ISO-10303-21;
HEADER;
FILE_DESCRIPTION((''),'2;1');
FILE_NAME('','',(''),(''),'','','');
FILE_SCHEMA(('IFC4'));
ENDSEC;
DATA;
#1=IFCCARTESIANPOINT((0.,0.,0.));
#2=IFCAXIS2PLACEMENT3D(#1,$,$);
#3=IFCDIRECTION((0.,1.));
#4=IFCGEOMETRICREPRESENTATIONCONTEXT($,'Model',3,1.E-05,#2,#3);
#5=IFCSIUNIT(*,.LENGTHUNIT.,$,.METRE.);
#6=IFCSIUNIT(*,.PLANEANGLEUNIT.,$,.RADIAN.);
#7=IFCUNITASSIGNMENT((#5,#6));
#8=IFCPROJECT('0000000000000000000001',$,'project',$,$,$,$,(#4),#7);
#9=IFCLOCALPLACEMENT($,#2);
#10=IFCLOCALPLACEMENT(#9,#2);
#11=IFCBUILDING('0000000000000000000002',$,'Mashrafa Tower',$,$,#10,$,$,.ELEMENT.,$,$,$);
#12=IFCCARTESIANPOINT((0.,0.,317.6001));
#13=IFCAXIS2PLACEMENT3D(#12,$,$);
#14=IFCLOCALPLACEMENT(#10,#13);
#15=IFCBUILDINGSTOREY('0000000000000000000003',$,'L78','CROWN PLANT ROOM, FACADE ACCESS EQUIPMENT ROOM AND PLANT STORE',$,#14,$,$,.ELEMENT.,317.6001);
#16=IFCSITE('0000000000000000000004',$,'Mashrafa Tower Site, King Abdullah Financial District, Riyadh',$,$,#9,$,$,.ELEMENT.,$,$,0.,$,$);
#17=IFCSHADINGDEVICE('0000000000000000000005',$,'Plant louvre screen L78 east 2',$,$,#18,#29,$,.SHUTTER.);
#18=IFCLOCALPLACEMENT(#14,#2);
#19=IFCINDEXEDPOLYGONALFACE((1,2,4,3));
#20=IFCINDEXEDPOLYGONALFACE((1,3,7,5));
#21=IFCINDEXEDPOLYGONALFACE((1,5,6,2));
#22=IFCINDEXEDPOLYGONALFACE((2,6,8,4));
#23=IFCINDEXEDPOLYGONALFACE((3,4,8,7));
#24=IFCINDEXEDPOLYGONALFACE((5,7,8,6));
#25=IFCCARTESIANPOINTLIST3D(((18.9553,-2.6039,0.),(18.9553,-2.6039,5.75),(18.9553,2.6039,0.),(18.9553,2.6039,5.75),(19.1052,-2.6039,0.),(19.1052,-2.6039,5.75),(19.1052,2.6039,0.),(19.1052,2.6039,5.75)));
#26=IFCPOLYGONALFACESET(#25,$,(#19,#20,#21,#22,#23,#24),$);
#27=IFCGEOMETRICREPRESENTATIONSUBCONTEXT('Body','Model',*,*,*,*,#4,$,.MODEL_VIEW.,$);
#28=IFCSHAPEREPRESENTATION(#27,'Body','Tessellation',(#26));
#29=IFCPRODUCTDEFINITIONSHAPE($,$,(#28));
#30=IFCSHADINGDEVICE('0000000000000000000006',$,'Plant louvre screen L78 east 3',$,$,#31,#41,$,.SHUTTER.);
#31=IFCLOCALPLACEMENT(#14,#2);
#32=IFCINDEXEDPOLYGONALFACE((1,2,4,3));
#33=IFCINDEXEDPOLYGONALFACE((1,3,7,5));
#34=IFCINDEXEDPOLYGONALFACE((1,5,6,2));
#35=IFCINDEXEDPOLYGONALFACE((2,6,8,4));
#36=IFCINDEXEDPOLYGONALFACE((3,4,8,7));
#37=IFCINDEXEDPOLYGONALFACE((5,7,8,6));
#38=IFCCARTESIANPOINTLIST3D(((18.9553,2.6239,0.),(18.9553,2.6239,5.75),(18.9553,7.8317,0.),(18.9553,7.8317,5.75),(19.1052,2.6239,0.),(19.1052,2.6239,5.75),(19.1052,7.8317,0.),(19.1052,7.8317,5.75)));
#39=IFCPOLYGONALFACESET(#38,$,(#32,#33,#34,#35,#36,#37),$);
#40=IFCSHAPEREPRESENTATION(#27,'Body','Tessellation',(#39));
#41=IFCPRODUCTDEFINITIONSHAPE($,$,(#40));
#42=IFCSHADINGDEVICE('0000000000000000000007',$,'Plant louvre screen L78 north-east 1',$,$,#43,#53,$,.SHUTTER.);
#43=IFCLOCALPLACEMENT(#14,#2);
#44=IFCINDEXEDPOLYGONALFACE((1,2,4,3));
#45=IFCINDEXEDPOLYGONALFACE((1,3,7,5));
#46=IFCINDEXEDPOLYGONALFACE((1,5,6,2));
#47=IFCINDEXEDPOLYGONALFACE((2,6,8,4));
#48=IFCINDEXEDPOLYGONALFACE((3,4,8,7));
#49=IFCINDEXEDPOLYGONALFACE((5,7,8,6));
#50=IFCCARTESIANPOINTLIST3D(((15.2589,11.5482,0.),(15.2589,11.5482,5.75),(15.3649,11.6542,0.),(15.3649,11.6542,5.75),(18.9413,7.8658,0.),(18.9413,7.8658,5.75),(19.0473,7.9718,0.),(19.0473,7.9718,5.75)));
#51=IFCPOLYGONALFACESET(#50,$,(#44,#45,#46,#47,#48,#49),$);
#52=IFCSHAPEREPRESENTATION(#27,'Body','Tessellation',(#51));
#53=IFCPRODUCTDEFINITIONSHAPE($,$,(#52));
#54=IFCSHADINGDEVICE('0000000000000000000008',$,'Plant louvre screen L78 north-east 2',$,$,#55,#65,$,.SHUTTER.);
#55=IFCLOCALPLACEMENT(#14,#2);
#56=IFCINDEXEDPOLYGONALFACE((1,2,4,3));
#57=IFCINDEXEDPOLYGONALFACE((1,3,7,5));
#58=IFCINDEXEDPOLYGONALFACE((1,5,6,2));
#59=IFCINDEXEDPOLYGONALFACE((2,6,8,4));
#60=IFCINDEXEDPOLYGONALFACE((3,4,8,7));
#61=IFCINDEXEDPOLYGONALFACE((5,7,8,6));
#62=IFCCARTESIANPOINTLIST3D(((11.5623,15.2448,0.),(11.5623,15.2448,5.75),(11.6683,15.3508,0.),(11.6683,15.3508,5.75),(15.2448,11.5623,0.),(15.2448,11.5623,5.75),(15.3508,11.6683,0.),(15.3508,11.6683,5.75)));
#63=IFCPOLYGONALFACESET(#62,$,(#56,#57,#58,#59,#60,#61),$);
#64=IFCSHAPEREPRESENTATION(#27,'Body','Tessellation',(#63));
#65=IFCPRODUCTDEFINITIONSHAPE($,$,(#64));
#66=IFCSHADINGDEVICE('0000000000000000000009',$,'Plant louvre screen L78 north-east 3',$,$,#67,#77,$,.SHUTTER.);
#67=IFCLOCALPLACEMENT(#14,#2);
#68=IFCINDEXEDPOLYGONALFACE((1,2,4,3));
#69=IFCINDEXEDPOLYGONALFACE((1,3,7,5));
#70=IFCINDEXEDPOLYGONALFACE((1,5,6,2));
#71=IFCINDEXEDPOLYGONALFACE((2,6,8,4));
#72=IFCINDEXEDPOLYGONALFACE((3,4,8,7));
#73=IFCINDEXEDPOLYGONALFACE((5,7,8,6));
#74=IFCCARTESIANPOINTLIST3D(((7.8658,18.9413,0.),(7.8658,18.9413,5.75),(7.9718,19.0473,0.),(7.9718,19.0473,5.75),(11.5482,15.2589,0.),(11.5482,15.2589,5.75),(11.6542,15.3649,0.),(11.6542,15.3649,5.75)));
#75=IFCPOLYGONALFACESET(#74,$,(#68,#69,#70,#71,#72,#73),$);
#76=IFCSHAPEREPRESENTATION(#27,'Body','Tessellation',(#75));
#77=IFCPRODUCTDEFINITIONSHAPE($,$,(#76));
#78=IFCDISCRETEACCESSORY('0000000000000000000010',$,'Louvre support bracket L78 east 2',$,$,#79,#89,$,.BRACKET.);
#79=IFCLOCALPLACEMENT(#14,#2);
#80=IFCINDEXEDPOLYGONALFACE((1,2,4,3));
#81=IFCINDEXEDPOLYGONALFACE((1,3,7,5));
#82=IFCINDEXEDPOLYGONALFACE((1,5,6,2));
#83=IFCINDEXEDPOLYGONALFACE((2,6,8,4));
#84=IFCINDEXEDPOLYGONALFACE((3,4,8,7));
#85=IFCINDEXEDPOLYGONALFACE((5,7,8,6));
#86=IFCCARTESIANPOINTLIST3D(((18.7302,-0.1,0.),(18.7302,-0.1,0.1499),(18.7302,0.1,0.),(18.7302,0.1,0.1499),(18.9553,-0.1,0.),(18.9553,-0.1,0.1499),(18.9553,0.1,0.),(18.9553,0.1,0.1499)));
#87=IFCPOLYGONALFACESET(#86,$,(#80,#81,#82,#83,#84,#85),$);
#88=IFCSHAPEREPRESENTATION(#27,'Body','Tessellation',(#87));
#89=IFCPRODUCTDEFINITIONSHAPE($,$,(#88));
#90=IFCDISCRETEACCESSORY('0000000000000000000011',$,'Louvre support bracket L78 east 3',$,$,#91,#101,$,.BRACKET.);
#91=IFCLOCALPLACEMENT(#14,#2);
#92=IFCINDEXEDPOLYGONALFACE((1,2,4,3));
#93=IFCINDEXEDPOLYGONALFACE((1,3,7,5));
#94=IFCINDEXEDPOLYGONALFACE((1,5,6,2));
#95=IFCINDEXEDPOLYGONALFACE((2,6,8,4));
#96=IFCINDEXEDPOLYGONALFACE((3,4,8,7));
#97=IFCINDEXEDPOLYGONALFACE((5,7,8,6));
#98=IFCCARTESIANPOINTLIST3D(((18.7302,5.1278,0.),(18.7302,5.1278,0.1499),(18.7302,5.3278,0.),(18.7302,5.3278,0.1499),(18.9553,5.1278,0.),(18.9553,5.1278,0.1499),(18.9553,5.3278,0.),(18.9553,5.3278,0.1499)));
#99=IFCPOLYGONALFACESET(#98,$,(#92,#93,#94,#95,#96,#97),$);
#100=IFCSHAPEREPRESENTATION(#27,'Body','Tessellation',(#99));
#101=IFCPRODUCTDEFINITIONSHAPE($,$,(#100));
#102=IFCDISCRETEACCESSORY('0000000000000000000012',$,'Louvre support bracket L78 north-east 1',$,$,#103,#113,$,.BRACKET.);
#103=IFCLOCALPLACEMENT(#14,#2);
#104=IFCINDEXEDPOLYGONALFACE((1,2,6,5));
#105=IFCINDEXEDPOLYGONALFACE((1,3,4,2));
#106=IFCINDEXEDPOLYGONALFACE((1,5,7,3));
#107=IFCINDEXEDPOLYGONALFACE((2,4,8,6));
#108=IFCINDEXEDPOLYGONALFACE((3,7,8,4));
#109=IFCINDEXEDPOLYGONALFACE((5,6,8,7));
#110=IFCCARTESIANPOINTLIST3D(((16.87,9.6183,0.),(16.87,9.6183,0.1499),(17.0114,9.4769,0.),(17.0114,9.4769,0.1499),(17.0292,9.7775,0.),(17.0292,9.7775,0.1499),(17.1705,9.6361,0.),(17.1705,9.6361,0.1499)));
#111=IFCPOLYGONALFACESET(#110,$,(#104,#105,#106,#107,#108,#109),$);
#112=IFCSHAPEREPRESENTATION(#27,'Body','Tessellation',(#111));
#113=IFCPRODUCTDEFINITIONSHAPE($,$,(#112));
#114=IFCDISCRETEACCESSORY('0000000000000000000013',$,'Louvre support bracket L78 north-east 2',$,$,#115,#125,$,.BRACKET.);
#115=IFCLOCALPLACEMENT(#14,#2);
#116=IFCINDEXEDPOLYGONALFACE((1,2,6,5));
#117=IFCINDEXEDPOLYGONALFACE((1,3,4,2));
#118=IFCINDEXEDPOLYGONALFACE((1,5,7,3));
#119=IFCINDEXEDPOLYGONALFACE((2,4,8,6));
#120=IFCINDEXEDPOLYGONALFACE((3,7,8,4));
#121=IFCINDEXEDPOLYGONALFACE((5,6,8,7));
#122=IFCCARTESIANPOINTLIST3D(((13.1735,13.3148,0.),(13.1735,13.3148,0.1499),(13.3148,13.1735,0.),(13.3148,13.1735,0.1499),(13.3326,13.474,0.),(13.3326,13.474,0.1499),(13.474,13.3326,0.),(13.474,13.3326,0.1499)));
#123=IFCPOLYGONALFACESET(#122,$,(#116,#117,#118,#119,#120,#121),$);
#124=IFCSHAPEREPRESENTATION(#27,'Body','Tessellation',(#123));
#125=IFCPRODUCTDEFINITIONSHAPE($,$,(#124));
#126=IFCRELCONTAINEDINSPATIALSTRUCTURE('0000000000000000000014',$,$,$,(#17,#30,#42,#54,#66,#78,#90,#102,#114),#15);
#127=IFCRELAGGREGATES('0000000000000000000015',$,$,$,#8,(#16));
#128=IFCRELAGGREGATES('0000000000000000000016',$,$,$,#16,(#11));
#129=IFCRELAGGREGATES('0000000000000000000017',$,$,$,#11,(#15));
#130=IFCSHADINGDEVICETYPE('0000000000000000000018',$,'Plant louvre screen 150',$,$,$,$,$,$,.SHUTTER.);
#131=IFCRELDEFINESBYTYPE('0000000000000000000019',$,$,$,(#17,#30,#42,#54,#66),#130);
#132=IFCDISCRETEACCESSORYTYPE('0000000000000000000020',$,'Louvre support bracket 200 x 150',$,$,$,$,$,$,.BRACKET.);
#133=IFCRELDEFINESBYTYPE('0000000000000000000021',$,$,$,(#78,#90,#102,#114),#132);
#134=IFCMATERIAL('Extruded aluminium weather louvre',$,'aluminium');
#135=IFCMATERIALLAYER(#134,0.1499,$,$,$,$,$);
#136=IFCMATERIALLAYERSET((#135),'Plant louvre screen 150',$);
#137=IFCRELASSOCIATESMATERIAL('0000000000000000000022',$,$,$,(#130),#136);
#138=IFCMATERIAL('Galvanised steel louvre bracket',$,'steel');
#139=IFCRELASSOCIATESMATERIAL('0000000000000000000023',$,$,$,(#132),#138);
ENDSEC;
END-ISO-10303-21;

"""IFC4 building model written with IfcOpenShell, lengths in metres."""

from ifc_helpers import new_model, si_unit, direction, frame, origin, origin_2d, place, context, subcontext, project, spatial, rectangle, extrude, source, transform, mapped, material, layer, layer_set, type_object, type_shapes, element, save


model = new_model("IFC4")

# Units and contexts
model_context = context("Model", 3, precision=1e-05, world=origin(), true_north=direction((0.0, 1.0)))
body_context = subcontext(model_context, "Body", "Model", "MODEL_VIEW")
ifc_project = project(units=[si_unit("LENGTHUNIT", "METRE"), si_unit("PLANEANGLEUNIT", "RADIAN")], contexts=[model_context])

# Site, building, storey
site_placement = place(None, origin())
site = spatial("IfcSite", under=ifc_project, at=site_placement, Name="Mashrafa Tower Site, King Abdullah Financial District, Riyadh", CompositionType="ELEMENT", RefElevation=0.0)
building_placement = place(site_placement, origin())
building = spatial("IfcBuilding", under=site, at=building_placement, Name="Mashrafa Tower", CompositionType="ELEMENT")
storey_placement = place(building_placement, frame((0.0, 0.0, 317.6001)))
storey = spatial("IfcBuildingStorey", under=building, at=storey_placement, Name="L78", Description="CROWN PLANT ROOM, FACADE ACCESS EQUIPMENT ROOM AND PLANT STORE", CompositionType="ELEMENT", Elevation=317.6001)

# Shading devices
ifc_material_1 = material(Name="Extruded aluminium weather louvre", Category="aluminium")
ifc_layer_1 = layer(ifc_material_1, 0.1499)
ifc_layer_set_1 = layer_set([ifc_layer_1], Name="Plant louvre screen 150")
shading_device_type = type_object("IfcShadingDeviceType", Name="Plant louvre screen 150", PredefinedType="SHUTTER", material=ifc_layer_set_1)
shared_shape_1 = source(origin(), body_context, "Body", "SweptSolid", [
    extrude(rectangle(XDim=5.2078, YDim=0.1499, at=origin_2d()), origin(), (0.0, 0.0, 1.0), 5.75),
])
type_shapes(shading_device_type, [shared_shape_1])
for number, where, z_axis, x_axis, name in (
    (1, (19.0303, 0.0, 0.0), (0.0, 0.0, 1.0), (0.0, 1.0, 0.0), "Plant louvre screen L78 east 2"),
    (2, (19.0303, 5.2278, 0.0), (0.0, 0.0, 1.0), (0.0, 1.0, 0.0), "Plant louvre screen L78 east 3"),
    (3, (17.1531, 9.76, 0.0), (0.0, 0.0, 1.0), (-0.707107, 0.707107, 0.0), "Plant louvre screen L78 north-east 1"),
    (4, (13.4565, 13.4565, 0.0), (0.0, 0.0, 1.0), (-0.707107, 0.707107, 0.0), "Plant louvre screen L78 north-east 2"),
    (5, (9.76, 17.1531, 0.0), (0.0, 0.0, 1.0), (-0.707107, 0.707107, 0.0), "Plant louvre screen L78 north-east 3"),
):
    element("IfcShadingDevice", number, at=place(storey_placement, frame(where, z_axis=z_axis, x_axis=x_axis)), inside=storey, type_object=shading_device_type, Name=name, PredefinedType="SHUTTER", context=body_context, shape_type="MappedRepresentation", body=[
        mapped(shared_shape_1, transform((0.0, 0.0, 0.0))),
    ])

# Discrete accessories
ifc_material_2 = material(Name="Galvanised steel louvre bracket", Category="steel")
discrete_accessory_type = type_object("IfcDiscreteAccessoryType", Name="Louvre support bracket 200 x 150", PredefinedType="BRACKET", material=ifc_material_2)
shared_shape_2 = source(origin(), body_context, "Body", "SweptSolid", [
    extrude(rectangle(XDim=0.2, YDim=0.2251, at=origin_2d()), origin(), (0.0, 0.0, 1.0), 0.1499),
])
type_shapes(discrete_accessory_type, [shared_shape_2])
for number, where, z_axis, x_axis, name in (
    (6, (18.8428, 0.0, 0.0), (0.0, 0.0, 1.0), (0.0, 1.0, 0.0), "Louvre support bracket L78 east 2"),
    (7, (18.8428, 5.2278, 0.0), (0.0, 0.0, 1.0), (0.0, 1.0, 0.0), "Louvre support bracket L78 east 3"),
    (8, (17.0203, 9.6272, 0.0), (0.0, 0.0, 1.0), (-0.707107, 0.707107, 0.0), "Louvre support bracket L78 north-east 1"),
    (9, (13.3237, 13.3237, 0.0), (0.0, 0.0, 1.0), (-0.707107, 0.707107, 0.0), "Louvre support bracket L78 north-east 2"),
):
    element("IfcDiscreteAccessory", number, at=place(storey_placement, frame(where, z_axis=z_axis, x_axis=x_axis)), inside=storey, type_object=discrete_accessory_type, Name=name, PredefinedType="BRACKET", context=body_context, shape_type="MappedRepresentation", body=[
        mapped(shared_shape_2, transform((0.0, 0.0, 0.0))),
    ])

save(model, "model.ifc")
